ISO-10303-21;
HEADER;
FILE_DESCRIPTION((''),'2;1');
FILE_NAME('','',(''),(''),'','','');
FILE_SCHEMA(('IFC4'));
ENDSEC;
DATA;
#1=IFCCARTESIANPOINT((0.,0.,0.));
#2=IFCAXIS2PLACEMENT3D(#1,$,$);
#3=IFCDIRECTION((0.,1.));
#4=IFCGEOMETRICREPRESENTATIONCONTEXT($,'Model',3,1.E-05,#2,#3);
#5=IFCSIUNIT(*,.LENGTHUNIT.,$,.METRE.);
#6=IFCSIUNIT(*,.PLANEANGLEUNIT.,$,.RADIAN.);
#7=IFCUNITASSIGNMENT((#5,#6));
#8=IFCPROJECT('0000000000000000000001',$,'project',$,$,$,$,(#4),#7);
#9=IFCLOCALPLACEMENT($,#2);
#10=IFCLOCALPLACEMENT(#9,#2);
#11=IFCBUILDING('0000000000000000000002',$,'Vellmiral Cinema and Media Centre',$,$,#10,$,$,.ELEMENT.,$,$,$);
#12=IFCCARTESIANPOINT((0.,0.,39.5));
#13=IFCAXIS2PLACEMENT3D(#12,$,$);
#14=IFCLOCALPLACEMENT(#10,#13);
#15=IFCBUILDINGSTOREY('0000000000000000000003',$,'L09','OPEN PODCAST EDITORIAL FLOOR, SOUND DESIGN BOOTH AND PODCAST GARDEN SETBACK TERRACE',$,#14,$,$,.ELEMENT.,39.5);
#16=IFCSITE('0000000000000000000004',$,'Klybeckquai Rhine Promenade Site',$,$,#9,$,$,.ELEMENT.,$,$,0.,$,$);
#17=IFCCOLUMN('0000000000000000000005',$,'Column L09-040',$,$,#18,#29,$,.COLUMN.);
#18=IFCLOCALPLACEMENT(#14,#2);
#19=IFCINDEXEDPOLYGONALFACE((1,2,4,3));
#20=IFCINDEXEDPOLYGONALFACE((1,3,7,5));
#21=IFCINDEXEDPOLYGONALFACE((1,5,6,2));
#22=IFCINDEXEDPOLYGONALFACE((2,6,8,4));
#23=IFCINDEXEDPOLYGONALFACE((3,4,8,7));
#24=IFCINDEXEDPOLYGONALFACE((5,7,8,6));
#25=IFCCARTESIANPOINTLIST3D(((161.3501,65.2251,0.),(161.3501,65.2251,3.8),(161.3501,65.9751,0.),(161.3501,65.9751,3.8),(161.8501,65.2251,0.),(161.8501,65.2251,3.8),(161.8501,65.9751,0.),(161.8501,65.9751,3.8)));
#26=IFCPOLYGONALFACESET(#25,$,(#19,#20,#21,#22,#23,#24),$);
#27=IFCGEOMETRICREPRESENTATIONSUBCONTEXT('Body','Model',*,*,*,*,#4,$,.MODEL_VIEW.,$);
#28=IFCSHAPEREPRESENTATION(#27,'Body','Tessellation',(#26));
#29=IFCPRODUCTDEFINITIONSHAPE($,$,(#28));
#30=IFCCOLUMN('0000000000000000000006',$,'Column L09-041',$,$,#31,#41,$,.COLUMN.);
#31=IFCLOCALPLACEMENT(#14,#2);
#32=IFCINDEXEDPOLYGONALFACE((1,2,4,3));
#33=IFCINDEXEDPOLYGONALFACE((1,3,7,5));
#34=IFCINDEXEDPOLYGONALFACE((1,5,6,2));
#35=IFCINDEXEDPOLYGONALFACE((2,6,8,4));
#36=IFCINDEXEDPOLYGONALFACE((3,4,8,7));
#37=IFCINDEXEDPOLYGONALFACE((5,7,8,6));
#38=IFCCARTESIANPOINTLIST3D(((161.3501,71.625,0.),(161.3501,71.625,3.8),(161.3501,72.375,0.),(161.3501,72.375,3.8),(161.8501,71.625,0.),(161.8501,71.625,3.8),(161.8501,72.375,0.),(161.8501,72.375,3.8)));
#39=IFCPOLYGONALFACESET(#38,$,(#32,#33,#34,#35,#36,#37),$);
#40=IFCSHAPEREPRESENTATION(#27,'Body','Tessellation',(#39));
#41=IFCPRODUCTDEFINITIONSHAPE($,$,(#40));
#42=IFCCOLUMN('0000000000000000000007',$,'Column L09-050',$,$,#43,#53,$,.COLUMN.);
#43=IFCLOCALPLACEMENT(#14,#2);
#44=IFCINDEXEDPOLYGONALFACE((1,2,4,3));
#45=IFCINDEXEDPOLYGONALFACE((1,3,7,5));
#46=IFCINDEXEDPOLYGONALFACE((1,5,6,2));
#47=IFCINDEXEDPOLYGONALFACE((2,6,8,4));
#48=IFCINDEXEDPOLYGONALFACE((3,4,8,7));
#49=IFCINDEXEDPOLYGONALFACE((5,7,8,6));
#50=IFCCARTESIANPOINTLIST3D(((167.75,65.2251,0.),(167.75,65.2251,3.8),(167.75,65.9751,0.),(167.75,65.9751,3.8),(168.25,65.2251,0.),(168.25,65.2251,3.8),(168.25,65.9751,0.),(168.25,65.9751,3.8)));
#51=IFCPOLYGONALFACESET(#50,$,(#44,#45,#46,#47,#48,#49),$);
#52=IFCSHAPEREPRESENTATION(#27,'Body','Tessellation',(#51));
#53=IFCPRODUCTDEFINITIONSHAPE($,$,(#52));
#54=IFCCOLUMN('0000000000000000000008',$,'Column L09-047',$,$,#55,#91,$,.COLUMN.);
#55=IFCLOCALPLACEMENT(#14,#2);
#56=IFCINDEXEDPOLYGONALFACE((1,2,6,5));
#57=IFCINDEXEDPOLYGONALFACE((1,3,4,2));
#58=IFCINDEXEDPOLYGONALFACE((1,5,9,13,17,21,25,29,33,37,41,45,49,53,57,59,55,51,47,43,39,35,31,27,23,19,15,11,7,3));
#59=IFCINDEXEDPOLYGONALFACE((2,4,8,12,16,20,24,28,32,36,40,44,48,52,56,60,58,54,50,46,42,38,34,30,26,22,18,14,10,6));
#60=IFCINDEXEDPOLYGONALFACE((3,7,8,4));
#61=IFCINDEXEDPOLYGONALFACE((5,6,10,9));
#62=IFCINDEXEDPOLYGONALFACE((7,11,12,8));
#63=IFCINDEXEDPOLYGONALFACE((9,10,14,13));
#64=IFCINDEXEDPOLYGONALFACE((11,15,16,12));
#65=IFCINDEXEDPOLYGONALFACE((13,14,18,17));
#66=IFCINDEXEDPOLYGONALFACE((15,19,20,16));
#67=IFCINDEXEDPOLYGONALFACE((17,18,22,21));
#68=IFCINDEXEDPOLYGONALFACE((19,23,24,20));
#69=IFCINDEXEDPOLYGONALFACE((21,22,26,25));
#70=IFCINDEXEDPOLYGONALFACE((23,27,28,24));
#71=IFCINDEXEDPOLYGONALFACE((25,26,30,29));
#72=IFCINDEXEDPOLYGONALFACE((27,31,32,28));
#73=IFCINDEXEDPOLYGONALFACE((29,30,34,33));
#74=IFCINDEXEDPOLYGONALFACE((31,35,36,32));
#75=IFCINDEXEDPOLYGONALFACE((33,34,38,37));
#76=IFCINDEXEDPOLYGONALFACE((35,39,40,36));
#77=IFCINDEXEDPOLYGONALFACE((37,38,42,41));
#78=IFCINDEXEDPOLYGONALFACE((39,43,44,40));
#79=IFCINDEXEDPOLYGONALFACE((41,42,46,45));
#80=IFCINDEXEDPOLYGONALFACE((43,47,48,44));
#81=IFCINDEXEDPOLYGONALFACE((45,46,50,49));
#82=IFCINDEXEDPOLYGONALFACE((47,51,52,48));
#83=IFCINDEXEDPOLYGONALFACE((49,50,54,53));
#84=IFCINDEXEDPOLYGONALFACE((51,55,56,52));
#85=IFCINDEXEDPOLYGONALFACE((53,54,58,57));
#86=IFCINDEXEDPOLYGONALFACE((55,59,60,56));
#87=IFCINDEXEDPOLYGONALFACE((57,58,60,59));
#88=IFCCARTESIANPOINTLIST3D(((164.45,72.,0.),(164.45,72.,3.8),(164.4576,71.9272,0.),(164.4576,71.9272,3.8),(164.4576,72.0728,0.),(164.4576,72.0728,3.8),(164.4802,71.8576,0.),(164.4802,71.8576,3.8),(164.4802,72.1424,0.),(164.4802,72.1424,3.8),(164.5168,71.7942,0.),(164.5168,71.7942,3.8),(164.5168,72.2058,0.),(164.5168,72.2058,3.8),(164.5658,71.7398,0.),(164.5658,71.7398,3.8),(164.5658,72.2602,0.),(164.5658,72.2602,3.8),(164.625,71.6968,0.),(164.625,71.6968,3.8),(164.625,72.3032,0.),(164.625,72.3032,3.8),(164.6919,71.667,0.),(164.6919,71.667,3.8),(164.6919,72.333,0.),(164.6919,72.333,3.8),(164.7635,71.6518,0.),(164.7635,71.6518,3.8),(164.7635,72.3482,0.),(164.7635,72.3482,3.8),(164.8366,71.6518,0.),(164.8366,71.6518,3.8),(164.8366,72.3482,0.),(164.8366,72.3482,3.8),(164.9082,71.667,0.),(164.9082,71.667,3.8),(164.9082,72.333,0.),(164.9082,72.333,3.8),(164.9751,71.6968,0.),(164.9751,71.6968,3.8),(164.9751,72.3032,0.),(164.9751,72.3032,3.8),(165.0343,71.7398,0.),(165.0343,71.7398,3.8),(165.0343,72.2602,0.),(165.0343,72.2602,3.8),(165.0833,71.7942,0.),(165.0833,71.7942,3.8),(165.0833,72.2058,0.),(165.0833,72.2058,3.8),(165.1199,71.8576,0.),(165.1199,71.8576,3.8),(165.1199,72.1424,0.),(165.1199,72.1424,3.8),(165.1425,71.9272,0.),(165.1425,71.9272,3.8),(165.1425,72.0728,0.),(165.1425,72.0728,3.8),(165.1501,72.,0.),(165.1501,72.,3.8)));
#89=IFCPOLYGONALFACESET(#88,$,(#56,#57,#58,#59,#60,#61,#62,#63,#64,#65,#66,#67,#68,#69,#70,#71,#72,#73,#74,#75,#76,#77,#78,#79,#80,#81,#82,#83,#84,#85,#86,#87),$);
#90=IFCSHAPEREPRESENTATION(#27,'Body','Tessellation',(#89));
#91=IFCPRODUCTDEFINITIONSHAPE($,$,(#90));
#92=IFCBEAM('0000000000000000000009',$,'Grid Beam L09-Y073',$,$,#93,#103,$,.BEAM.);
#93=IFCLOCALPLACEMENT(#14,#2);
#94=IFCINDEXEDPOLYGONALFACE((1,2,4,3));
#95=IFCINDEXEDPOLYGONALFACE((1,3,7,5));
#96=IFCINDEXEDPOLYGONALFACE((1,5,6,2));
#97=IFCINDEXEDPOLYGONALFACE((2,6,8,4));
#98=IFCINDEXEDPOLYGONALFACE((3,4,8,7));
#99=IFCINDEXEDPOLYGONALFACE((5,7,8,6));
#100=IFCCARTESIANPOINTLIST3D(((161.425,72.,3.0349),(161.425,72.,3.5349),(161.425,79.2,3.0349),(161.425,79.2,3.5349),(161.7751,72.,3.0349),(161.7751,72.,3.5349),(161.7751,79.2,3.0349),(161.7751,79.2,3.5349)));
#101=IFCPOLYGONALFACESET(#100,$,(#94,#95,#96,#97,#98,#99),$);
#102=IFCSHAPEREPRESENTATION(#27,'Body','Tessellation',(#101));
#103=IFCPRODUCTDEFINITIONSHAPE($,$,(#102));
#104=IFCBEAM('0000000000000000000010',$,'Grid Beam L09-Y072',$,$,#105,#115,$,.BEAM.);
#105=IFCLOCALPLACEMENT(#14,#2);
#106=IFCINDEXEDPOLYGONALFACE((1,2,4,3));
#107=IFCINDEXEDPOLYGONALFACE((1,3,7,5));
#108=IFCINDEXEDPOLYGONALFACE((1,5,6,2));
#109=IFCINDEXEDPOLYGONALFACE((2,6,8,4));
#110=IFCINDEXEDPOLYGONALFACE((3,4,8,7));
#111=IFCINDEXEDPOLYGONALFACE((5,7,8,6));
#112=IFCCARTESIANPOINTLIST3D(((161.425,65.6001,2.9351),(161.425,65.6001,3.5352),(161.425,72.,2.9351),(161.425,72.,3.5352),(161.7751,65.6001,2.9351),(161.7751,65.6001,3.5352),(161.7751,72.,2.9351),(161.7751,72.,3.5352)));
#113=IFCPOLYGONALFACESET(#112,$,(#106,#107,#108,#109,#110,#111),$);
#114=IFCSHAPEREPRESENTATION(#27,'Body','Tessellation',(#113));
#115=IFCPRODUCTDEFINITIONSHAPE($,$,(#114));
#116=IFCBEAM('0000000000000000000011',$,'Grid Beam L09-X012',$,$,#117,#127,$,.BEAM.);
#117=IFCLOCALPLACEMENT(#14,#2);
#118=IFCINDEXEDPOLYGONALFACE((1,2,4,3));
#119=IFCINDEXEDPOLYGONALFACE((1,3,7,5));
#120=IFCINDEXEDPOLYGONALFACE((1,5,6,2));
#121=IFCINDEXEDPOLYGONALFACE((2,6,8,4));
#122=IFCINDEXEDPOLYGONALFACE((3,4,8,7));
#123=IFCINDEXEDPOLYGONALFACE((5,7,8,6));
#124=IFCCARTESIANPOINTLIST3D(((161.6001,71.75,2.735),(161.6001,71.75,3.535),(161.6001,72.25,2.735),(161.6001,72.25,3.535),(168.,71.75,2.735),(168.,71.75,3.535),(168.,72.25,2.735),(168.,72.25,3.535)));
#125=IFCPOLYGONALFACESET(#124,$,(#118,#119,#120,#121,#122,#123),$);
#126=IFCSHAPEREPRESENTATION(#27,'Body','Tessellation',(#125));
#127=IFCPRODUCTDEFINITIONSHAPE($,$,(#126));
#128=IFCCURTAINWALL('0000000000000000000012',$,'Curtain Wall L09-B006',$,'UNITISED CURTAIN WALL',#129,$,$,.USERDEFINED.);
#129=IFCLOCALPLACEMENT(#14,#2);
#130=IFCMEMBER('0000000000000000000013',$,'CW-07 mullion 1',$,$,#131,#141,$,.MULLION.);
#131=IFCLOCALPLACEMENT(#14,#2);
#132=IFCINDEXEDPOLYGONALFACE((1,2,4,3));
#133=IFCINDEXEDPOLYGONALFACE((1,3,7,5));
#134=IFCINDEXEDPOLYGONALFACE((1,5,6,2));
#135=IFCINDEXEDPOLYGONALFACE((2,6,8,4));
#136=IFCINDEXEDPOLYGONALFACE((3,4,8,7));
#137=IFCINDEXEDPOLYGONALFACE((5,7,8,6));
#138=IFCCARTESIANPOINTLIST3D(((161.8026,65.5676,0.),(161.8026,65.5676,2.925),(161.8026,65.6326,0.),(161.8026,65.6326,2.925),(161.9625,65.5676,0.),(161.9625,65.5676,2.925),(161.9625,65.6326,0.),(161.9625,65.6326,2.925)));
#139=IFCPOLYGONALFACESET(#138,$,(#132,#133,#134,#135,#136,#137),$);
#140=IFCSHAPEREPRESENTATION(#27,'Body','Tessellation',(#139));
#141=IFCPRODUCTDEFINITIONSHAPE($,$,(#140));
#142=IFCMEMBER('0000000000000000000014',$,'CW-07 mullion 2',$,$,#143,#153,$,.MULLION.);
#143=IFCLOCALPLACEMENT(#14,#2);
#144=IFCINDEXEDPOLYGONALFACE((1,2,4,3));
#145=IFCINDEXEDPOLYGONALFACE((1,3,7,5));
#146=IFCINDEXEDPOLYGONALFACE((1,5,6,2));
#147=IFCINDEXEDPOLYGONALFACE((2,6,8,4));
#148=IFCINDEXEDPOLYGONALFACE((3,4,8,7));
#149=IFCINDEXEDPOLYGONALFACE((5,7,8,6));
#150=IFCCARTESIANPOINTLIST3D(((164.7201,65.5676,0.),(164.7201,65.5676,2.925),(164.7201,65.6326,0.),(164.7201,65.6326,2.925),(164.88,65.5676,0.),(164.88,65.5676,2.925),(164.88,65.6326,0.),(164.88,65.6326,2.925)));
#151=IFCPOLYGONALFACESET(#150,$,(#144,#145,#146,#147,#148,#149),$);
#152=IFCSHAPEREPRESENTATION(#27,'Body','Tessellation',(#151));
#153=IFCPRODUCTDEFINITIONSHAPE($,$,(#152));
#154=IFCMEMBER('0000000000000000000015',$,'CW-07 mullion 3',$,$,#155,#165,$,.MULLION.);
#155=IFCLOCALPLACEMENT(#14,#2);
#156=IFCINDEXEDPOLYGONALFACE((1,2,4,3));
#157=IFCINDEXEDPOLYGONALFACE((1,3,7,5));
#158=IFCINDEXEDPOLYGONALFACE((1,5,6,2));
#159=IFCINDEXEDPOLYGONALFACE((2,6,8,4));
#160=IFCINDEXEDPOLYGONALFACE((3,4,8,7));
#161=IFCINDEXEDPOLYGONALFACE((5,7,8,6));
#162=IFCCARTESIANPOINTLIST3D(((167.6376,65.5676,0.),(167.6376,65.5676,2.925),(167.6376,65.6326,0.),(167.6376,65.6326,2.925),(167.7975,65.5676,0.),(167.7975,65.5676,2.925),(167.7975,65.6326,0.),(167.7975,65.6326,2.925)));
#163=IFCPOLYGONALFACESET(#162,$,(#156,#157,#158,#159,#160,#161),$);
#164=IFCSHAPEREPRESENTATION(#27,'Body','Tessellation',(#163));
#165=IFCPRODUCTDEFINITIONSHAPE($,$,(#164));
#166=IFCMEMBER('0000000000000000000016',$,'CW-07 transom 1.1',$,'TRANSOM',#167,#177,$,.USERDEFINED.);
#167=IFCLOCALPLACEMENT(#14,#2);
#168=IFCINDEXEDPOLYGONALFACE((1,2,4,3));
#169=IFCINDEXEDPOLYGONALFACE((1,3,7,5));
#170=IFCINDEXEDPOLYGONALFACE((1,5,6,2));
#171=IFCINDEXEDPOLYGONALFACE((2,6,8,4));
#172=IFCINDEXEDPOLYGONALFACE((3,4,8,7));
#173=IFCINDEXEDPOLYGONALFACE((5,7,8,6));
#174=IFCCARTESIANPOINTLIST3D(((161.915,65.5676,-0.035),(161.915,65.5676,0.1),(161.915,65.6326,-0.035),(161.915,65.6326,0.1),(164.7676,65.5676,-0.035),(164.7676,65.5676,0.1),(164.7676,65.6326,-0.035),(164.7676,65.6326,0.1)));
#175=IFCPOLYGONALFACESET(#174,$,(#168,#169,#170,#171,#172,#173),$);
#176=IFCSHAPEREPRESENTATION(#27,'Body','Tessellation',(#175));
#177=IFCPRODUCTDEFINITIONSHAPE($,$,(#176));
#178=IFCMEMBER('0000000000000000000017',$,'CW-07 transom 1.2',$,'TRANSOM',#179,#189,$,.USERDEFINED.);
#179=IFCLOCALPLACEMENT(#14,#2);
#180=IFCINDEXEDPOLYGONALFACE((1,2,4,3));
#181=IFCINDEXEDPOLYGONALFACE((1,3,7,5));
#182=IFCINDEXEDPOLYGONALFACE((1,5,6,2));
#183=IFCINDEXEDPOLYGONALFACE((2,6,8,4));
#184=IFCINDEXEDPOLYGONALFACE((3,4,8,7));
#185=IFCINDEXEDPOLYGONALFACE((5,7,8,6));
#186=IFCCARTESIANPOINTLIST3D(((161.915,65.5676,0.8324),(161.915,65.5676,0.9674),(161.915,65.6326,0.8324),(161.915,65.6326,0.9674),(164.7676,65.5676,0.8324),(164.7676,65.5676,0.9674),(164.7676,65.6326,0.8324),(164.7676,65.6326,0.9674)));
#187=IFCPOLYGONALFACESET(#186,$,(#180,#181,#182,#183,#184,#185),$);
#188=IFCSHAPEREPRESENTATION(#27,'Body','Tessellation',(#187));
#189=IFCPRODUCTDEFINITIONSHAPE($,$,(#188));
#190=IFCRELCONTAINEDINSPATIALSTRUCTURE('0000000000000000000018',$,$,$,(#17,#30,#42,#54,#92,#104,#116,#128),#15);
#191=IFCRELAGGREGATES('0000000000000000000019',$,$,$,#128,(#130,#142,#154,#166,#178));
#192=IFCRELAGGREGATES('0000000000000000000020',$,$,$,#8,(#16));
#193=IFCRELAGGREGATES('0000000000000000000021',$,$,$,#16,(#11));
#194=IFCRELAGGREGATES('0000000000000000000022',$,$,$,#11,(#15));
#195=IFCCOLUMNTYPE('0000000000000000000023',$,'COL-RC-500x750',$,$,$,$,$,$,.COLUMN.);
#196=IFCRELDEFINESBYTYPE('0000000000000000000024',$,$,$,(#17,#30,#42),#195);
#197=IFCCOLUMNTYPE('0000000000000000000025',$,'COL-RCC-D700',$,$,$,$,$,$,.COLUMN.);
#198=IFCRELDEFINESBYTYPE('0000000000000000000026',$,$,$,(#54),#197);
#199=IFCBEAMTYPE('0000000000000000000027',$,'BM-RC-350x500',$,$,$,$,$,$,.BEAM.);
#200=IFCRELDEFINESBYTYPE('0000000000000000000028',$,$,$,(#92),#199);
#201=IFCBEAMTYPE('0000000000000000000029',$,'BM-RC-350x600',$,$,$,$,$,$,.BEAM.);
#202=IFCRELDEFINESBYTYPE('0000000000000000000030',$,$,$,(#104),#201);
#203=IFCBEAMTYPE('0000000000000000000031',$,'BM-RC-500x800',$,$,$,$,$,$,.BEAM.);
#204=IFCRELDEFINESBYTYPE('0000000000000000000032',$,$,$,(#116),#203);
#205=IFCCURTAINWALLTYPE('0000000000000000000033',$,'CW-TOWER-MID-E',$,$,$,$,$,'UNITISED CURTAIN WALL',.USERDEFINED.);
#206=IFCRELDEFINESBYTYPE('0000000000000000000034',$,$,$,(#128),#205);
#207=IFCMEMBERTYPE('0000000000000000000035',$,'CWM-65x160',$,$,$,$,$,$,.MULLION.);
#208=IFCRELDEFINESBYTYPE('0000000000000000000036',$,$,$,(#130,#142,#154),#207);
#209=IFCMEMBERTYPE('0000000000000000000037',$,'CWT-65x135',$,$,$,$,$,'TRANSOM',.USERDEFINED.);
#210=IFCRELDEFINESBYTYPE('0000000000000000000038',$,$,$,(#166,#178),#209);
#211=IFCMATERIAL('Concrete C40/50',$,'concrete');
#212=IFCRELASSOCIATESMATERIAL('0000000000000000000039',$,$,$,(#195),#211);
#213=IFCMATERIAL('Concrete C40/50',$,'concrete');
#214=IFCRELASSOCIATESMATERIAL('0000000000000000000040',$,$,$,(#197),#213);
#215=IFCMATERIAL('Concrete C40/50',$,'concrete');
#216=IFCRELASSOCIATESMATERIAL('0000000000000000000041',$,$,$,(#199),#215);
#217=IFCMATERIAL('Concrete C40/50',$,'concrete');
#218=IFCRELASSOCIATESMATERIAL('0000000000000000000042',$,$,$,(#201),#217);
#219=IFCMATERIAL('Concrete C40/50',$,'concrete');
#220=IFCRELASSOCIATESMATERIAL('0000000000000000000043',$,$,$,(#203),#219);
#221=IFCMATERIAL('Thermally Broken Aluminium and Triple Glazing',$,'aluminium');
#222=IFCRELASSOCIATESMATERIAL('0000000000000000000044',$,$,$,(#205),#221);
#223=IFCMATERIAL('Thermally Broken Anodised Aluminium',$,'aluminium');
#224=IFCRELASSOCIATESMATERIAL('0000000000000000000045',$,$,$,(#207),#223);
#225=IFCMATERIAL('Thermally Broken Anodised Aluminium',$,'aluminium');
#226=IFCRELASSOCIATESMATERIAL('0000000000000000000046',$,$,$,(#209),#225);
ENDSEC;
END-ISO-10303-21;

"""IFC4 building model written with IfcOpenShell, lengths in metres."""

from ifc_helpers import new_model, si_unit, direction, frame, origin, origin_2d, place, context, subcontext, project, spatial, rectangle, circle, extrude, material, material_profile, profile_set, type_object, element, aggregate, save


model = new_model("IFC4")

# Units and contexts
model_context = context("Model", 3, precision=1e-05, world=origin(), true_north=direction((0.0, 1.0)))
body_context = subcontext(model_context, "Body", "Model", "MODEL_VIEW")
ifc_project = project(units=[si_unit("LENGTHUNIT", "METRE"), si_unit("PLANEANGLEUNIT", "RADIAN")], contexts=[model_context])

# Site, building, storey
site_placement = place(None, origin())
site = spatial("IfcSite", under=ifc_project, at=site_placement, Name="Klybeckquai Rhine Promenade Site", CompositionType="ELEMENT", RefElevation=0.0)
building_placement = place(site_placement, origin())
building = spatial("IfcBuilding", under=site, at=building_placement, Name="Vellmiral Cinema and Media Centre", CompositionType="ELEMENT")
storey_placement = place(building_placement, frame((0.0, 0.0, 39.5)))
storey = spatial("IfcBuildingStorey", under=building, at=storey_placement, Name="L09", Description="OPEN PODCAST EDITORIAL FLOOR, SOUND DESIGN BOOTH AND PODCAST GARDEN SETBACK TERRACE", CompositionType="ELEMENT", Elevation=39.5)

# Columns
ifc_material_1 = material(Name="Concrete C40/50", Category="concrete")
ifc_material_profile_1 = material_profile(ifc_material_1, rectangle(XDim=0.5, YDim=0.75, at=origin_2d()), Name="RC 500x750")
ifc_profile_set_1 = profile_set([ifc_material_profile_1], Name="Concrete C40/50")
column_type_1 = type_object("IfcColumnType", Name="COL-RC-500x750", PredefinedType="COLUMN", material=ifc_profile_set_1)
for number, where, z_axis, x_axis, name in (
    (1, (161.6001, 65.6001, 0.0), (0.0, 0.0, 1.0), (1.0, 0.0, 0.0), "Column L09-040"),
    (2, (161.6001, 72.0, 0.0), (0.0, 0.0, 1.0), (1.0, 0.0, 0.0), "Column L09-041"),
    (3, (168.0, 65.6001, 0.0), (0.0, 0.0, 1.0), (1.0, 0.0, 0.0), "Column L09-050"),
):
    element("IfcColumn", number, at=place(storey_placement, frame(where, z_axis=z_axis, x_axis=x_axis)), inside=storey, type_object=column_type_1, Name=name, PredefinedType="COLUMN", context=body_context, shape_type="SweptSolid", body=[
        extrude(rectangle(XDim=0.5, YDim=0.75, at=origin_2d()), origin(), (0.0, 0.0, 1.0), 3.8),
    ])
ifc_material_2 = material(Name="Concrete C40/50", Category="concrete")
ifc_material_profile_2 = material_profile(ifc_material_2, circle(Radius=0.3501, at=origin_2d()), Name="RC D700")
ifc_profile_set_2 = profile_set([ifc_material_profile_2], Name="Concrete C40/50")
column_type_2 = type_object("IfcColumnType", Name="COL-RCC-D700", PredefinedType="COLUMN", material=ifc_profile_set_2)
column_placement = place(storey_placement, frame((164.8, 72.0, 0.0), z_axis=(0.0, 0.0, 1.0), x_axis=(1.0, 0.0, 0.0)))
element("IfcColumn", 4, at=column_placement, inside=storey, type_object=column_type_2, Name="Column L09-047", PredefinedType="COLUMN", context=body_context, shape_type="SweptSolid", body=[
    extrude(circle(Radius=0.3501, at=origin_2d()), origin(), (0.0, 0.0, 1.0), 3.8),
])

# Beams
ifc_material_3 = material(Name="Concrete C40/50", Category="concrete")
ifc_material_profile_3 = material_profile(ifc_material_3, rectangle(XDim=0.3501, YDim=0.5, at=origin_2d()), Name="RC 350x500")
ifc_profile_set_3 = profile_set([ifc_material_profile_3], Name="Concrete C40/50")
beam_type_1 = type_object("IfcBeamType", Name="BM-RC-350x500", PredefinedType="BEAM", material=ifc_profile_set_3)
beam_1_placement = place(storey_placement, frame((161.6001, 72.0, 3.2849), z_axis=(0.0, 1.0, 0.0), x_axis=(-1.0, 0.0, 0.0)))
element("IfcBeam", 5, at=beam_1_placement, inside=storey, type_object=beam_type_1, Name="Grid Beam L09-Y073", PredefinedType="BEAM", context=body_context, shape_type="SweptSolid", body=[
    extrude(rectangle(XDim=0.3501, YDim=0.5, at=origin_2d()), origin(), (0.0, 0.0, 1.0), 7.2),
])
ifc_material_4 = material(Name="Concrete C40/50", Category="concrete")
ifc_material_profile_4 = material_profile(ifc_material_4, rectangle(XDim=0.3501, YDim=0.6001, at=origin_2d()), Name="RC 350x600")
ifc_profile_set_4 = profile_set([ifc_material_profile_4], Name="Concrete C40/50")
beam_type_2 = type_object("IfcBeamType", Name="BM-RC-350x600", PredefinedType="BEAM", material=ifc_profile_set_4)
beam_2_placement = place(storey_placement, frame((161.6001, 65.6001, 3.2351), z_axis=(0.0, 1.0, 0.0), x_axis=(-1.0, 0.0, 0.0)))
element("IfcBeam", 6, at=beam_2_placement, inside=storey, type_object=beam_type_2, Name="Grid Beam L09-Y072", PredefinedType="BEAM", context=body_context, shape_type="SweptSolid", body=[
    extrude(rectangle(XDim=0.3501, YDim=0.6001, at=origin_2d()), origin(), (0.0, 0.0, 1.0), 6.3999),
])
ifc_material_5 = material(Name="Concrete C40/50", Category="concrete")
ifc_material_profile_5 = material_profile(ifc_material_5, rectangle(XDim=0.5, YDim=0.8, at=origin_2d()), Name="RC 500x800")
ifc_profile_set_5 = profile_set([ifc_material_profile_5], Name="Concrete C40/50")
beam_type_3 = type_object("IfcBeamType", Name="BM-RC-500x800", PredefinedType="BEAM", material=ifc_profile_set_5)
beam_3_placement = place(storey_placement, frame((161.6001, 72.0, 3.135), z_axis=(1.0, 0.0, 0.0), x_axis=(0.0, 1.0, 0.0)))
element("IfcBeam", 7, at=beam_3_placement, inside=storey, type_object=beam_type_3, Name="Grid Beam L09-X012", PredefinedType="BEAM", context=body_context, shape_type="SweptSolid", body=[
    extrude(rectangle(XDim=0.5, YDim=0.8, at=origin_2d()), origin(), (0.0, 0.0, 1.0), 6.3999),
])

# Curtain wall, members
ifc_material_6 = material(Name="Thermally Broken Aluminium and Triple Glazing", Category="aluminium")
curtain_wall_type = type_object("IfcCurtainWallType", Name="CW-TOWER-MID-E", ElementType="UNITISED CURTAIN WALL", PredefinedType="USERDEFINED", material=ifc_material_6)
curtain_wall_placement = place(storey_placement, origin())
curtain_wall = element("IfcCurtainWall", 8, at=curtain_wall_placement, inside=storey, type_object=curtain_wall_type, Name="Curtain Wall L09-B006", ObjectType="UNITISED CURTAIN WALL", PredefinedType="USERDEFINED")
ifc_material_7 = material(Name="Thermally Broken Anodised Aluminium", Category="aluminium")
ifc_material_profile_6 = material_profile(ifc_material_7, rectangle(XDim=0.0649, YDim=0.1599, at=origin_2d()), Name="MULL 65x160")
ifc_profile_set_6 = profile_set([ifc_material_profile_6], Name="Thermally Broken Anodised Aluminium")
member_type_1 = type_object("IfcMemberType", Name="CWM-65x160", PredefinedType="MULLION", material=ifc_profile_set_6)
member_1_placement = place(storey_placement, frame((161.8826, 65.6001, 0.0), z_axis=(0.0, 0.0, 1.0), x_axis=(0.0, 1.0, 0.0)))
member_1 = element("IfcMember", 9, at=member_1_placement, type_object=member_type_1, Name="CW-07 mullion 1", PredefinedType="MULLION", context=body_context, shape_type="SweptSolid", body=[
    extrude(rectangle(XDim=0.0649, YDim=0.1599, at=origin_2d()), origin(), (0.0, 0.0, 1.0), 2.925),
])
member_2_placement = place(storey_placement, frame((164.8, 65.6001, 0.0), z_axis=(0.0, 0.0, 1.0), x_axis=(0.0, 1.0, 0.0)))
member_2 = element("IfcMember", 10, at=member_2_placement, type_object=member_type_1, Name="CW-07 mullion 2", PredefinedType="MULLION", context=body_context, shape_type="SweptSolid", body=[
    extrude(rectangle(XDim=0.0649, YDim=0.1599, at=origin_2d()), origin(), (0.0, 0.0, 1.0), 2.925),
])
member_3_placement = place(storey_placement, frame((167.7175, 65.6001, 0.0), z_axis=(0.0, 0.0, 1.0), x_axis=(0.0, 1.0, 0.0)))
member_3 = element("IfcMember", 11, at=member_3_placement, type_object=member_type_1, Name="CW-07 mullion 3", PredefinedType="MULLION", context=body_context, shape_type="SweptSolid", body=[
    extrude(rectangle(XDim=0.0649, YDim=0.1599, at=origin_2d()), origin(), (0.0, 0.0, 1.0), 2.925),
])
ifc_material_8 = material(Name="Thermally Broken Anodised Aluminium", Category="aluminium")
ifc_material_profile_7 = material_profile(ifc_material_8, rectangle(XDim=0.0649, YDim=0.135, at=origin_2d()), Name="MULL 65x135")
ifc_profile_set_7 = profile_set([ifc_material_profile_7], Name="Thermally Broken Anodised Aluminium")
member_type_2 = type_object("IfcMemberType", Name="CWT-65x135", ElementType="TRANSOM", PredefinedType="USERDEFINED", material=ifc_profile_set_7)
member_4_placement = place(storey_placement, frame((161.915, 65.6001, 0.0325), z_axis=(1.0, 0.0, 0.0), x_axis=(0.0, 1.0, 0.0)))
member_4 = element("IfcMember", 12, at=member_4_placement, type_object=member_type_2, Name="CW-07 transom 1.1", ObjectType="TRANSOM", PredefinedType="USERDEFINED", context=body_context, shape_type="SweptSolid", body=[
    extrude(rectangle(XDim=0.0649, YDim=0.135, at=origin_2d()), origin(), (0.0, 0.0, 1.0), 2.8525),
])
member_5_placement = place(storey_placement, frame((161.915, 65.6001, 0.8999), z_axis=(1.0, 0.0, 0.0), x_axis=(0.0, 1.0, 0.0)))
member_5 = element("IfcMember", 13, at=member_5_placement, type_object=member_type_2, Name="CW-07 transom 1.2", ObjectType="TRANSOM", PredefinedType="USERDEFINED", context=body_context, shape_type="SweptSolid", body=[
    extrude(rectangle(XDim=0.0649, YDim=0.135, at=origin_2d()), origin(), (0.0, 0.0, 1.0), 2.8525),
])

aggregate(curtain_wall, [member_1, member_2, member_3, member_4, member_5])

save(model, "model.ifc")
